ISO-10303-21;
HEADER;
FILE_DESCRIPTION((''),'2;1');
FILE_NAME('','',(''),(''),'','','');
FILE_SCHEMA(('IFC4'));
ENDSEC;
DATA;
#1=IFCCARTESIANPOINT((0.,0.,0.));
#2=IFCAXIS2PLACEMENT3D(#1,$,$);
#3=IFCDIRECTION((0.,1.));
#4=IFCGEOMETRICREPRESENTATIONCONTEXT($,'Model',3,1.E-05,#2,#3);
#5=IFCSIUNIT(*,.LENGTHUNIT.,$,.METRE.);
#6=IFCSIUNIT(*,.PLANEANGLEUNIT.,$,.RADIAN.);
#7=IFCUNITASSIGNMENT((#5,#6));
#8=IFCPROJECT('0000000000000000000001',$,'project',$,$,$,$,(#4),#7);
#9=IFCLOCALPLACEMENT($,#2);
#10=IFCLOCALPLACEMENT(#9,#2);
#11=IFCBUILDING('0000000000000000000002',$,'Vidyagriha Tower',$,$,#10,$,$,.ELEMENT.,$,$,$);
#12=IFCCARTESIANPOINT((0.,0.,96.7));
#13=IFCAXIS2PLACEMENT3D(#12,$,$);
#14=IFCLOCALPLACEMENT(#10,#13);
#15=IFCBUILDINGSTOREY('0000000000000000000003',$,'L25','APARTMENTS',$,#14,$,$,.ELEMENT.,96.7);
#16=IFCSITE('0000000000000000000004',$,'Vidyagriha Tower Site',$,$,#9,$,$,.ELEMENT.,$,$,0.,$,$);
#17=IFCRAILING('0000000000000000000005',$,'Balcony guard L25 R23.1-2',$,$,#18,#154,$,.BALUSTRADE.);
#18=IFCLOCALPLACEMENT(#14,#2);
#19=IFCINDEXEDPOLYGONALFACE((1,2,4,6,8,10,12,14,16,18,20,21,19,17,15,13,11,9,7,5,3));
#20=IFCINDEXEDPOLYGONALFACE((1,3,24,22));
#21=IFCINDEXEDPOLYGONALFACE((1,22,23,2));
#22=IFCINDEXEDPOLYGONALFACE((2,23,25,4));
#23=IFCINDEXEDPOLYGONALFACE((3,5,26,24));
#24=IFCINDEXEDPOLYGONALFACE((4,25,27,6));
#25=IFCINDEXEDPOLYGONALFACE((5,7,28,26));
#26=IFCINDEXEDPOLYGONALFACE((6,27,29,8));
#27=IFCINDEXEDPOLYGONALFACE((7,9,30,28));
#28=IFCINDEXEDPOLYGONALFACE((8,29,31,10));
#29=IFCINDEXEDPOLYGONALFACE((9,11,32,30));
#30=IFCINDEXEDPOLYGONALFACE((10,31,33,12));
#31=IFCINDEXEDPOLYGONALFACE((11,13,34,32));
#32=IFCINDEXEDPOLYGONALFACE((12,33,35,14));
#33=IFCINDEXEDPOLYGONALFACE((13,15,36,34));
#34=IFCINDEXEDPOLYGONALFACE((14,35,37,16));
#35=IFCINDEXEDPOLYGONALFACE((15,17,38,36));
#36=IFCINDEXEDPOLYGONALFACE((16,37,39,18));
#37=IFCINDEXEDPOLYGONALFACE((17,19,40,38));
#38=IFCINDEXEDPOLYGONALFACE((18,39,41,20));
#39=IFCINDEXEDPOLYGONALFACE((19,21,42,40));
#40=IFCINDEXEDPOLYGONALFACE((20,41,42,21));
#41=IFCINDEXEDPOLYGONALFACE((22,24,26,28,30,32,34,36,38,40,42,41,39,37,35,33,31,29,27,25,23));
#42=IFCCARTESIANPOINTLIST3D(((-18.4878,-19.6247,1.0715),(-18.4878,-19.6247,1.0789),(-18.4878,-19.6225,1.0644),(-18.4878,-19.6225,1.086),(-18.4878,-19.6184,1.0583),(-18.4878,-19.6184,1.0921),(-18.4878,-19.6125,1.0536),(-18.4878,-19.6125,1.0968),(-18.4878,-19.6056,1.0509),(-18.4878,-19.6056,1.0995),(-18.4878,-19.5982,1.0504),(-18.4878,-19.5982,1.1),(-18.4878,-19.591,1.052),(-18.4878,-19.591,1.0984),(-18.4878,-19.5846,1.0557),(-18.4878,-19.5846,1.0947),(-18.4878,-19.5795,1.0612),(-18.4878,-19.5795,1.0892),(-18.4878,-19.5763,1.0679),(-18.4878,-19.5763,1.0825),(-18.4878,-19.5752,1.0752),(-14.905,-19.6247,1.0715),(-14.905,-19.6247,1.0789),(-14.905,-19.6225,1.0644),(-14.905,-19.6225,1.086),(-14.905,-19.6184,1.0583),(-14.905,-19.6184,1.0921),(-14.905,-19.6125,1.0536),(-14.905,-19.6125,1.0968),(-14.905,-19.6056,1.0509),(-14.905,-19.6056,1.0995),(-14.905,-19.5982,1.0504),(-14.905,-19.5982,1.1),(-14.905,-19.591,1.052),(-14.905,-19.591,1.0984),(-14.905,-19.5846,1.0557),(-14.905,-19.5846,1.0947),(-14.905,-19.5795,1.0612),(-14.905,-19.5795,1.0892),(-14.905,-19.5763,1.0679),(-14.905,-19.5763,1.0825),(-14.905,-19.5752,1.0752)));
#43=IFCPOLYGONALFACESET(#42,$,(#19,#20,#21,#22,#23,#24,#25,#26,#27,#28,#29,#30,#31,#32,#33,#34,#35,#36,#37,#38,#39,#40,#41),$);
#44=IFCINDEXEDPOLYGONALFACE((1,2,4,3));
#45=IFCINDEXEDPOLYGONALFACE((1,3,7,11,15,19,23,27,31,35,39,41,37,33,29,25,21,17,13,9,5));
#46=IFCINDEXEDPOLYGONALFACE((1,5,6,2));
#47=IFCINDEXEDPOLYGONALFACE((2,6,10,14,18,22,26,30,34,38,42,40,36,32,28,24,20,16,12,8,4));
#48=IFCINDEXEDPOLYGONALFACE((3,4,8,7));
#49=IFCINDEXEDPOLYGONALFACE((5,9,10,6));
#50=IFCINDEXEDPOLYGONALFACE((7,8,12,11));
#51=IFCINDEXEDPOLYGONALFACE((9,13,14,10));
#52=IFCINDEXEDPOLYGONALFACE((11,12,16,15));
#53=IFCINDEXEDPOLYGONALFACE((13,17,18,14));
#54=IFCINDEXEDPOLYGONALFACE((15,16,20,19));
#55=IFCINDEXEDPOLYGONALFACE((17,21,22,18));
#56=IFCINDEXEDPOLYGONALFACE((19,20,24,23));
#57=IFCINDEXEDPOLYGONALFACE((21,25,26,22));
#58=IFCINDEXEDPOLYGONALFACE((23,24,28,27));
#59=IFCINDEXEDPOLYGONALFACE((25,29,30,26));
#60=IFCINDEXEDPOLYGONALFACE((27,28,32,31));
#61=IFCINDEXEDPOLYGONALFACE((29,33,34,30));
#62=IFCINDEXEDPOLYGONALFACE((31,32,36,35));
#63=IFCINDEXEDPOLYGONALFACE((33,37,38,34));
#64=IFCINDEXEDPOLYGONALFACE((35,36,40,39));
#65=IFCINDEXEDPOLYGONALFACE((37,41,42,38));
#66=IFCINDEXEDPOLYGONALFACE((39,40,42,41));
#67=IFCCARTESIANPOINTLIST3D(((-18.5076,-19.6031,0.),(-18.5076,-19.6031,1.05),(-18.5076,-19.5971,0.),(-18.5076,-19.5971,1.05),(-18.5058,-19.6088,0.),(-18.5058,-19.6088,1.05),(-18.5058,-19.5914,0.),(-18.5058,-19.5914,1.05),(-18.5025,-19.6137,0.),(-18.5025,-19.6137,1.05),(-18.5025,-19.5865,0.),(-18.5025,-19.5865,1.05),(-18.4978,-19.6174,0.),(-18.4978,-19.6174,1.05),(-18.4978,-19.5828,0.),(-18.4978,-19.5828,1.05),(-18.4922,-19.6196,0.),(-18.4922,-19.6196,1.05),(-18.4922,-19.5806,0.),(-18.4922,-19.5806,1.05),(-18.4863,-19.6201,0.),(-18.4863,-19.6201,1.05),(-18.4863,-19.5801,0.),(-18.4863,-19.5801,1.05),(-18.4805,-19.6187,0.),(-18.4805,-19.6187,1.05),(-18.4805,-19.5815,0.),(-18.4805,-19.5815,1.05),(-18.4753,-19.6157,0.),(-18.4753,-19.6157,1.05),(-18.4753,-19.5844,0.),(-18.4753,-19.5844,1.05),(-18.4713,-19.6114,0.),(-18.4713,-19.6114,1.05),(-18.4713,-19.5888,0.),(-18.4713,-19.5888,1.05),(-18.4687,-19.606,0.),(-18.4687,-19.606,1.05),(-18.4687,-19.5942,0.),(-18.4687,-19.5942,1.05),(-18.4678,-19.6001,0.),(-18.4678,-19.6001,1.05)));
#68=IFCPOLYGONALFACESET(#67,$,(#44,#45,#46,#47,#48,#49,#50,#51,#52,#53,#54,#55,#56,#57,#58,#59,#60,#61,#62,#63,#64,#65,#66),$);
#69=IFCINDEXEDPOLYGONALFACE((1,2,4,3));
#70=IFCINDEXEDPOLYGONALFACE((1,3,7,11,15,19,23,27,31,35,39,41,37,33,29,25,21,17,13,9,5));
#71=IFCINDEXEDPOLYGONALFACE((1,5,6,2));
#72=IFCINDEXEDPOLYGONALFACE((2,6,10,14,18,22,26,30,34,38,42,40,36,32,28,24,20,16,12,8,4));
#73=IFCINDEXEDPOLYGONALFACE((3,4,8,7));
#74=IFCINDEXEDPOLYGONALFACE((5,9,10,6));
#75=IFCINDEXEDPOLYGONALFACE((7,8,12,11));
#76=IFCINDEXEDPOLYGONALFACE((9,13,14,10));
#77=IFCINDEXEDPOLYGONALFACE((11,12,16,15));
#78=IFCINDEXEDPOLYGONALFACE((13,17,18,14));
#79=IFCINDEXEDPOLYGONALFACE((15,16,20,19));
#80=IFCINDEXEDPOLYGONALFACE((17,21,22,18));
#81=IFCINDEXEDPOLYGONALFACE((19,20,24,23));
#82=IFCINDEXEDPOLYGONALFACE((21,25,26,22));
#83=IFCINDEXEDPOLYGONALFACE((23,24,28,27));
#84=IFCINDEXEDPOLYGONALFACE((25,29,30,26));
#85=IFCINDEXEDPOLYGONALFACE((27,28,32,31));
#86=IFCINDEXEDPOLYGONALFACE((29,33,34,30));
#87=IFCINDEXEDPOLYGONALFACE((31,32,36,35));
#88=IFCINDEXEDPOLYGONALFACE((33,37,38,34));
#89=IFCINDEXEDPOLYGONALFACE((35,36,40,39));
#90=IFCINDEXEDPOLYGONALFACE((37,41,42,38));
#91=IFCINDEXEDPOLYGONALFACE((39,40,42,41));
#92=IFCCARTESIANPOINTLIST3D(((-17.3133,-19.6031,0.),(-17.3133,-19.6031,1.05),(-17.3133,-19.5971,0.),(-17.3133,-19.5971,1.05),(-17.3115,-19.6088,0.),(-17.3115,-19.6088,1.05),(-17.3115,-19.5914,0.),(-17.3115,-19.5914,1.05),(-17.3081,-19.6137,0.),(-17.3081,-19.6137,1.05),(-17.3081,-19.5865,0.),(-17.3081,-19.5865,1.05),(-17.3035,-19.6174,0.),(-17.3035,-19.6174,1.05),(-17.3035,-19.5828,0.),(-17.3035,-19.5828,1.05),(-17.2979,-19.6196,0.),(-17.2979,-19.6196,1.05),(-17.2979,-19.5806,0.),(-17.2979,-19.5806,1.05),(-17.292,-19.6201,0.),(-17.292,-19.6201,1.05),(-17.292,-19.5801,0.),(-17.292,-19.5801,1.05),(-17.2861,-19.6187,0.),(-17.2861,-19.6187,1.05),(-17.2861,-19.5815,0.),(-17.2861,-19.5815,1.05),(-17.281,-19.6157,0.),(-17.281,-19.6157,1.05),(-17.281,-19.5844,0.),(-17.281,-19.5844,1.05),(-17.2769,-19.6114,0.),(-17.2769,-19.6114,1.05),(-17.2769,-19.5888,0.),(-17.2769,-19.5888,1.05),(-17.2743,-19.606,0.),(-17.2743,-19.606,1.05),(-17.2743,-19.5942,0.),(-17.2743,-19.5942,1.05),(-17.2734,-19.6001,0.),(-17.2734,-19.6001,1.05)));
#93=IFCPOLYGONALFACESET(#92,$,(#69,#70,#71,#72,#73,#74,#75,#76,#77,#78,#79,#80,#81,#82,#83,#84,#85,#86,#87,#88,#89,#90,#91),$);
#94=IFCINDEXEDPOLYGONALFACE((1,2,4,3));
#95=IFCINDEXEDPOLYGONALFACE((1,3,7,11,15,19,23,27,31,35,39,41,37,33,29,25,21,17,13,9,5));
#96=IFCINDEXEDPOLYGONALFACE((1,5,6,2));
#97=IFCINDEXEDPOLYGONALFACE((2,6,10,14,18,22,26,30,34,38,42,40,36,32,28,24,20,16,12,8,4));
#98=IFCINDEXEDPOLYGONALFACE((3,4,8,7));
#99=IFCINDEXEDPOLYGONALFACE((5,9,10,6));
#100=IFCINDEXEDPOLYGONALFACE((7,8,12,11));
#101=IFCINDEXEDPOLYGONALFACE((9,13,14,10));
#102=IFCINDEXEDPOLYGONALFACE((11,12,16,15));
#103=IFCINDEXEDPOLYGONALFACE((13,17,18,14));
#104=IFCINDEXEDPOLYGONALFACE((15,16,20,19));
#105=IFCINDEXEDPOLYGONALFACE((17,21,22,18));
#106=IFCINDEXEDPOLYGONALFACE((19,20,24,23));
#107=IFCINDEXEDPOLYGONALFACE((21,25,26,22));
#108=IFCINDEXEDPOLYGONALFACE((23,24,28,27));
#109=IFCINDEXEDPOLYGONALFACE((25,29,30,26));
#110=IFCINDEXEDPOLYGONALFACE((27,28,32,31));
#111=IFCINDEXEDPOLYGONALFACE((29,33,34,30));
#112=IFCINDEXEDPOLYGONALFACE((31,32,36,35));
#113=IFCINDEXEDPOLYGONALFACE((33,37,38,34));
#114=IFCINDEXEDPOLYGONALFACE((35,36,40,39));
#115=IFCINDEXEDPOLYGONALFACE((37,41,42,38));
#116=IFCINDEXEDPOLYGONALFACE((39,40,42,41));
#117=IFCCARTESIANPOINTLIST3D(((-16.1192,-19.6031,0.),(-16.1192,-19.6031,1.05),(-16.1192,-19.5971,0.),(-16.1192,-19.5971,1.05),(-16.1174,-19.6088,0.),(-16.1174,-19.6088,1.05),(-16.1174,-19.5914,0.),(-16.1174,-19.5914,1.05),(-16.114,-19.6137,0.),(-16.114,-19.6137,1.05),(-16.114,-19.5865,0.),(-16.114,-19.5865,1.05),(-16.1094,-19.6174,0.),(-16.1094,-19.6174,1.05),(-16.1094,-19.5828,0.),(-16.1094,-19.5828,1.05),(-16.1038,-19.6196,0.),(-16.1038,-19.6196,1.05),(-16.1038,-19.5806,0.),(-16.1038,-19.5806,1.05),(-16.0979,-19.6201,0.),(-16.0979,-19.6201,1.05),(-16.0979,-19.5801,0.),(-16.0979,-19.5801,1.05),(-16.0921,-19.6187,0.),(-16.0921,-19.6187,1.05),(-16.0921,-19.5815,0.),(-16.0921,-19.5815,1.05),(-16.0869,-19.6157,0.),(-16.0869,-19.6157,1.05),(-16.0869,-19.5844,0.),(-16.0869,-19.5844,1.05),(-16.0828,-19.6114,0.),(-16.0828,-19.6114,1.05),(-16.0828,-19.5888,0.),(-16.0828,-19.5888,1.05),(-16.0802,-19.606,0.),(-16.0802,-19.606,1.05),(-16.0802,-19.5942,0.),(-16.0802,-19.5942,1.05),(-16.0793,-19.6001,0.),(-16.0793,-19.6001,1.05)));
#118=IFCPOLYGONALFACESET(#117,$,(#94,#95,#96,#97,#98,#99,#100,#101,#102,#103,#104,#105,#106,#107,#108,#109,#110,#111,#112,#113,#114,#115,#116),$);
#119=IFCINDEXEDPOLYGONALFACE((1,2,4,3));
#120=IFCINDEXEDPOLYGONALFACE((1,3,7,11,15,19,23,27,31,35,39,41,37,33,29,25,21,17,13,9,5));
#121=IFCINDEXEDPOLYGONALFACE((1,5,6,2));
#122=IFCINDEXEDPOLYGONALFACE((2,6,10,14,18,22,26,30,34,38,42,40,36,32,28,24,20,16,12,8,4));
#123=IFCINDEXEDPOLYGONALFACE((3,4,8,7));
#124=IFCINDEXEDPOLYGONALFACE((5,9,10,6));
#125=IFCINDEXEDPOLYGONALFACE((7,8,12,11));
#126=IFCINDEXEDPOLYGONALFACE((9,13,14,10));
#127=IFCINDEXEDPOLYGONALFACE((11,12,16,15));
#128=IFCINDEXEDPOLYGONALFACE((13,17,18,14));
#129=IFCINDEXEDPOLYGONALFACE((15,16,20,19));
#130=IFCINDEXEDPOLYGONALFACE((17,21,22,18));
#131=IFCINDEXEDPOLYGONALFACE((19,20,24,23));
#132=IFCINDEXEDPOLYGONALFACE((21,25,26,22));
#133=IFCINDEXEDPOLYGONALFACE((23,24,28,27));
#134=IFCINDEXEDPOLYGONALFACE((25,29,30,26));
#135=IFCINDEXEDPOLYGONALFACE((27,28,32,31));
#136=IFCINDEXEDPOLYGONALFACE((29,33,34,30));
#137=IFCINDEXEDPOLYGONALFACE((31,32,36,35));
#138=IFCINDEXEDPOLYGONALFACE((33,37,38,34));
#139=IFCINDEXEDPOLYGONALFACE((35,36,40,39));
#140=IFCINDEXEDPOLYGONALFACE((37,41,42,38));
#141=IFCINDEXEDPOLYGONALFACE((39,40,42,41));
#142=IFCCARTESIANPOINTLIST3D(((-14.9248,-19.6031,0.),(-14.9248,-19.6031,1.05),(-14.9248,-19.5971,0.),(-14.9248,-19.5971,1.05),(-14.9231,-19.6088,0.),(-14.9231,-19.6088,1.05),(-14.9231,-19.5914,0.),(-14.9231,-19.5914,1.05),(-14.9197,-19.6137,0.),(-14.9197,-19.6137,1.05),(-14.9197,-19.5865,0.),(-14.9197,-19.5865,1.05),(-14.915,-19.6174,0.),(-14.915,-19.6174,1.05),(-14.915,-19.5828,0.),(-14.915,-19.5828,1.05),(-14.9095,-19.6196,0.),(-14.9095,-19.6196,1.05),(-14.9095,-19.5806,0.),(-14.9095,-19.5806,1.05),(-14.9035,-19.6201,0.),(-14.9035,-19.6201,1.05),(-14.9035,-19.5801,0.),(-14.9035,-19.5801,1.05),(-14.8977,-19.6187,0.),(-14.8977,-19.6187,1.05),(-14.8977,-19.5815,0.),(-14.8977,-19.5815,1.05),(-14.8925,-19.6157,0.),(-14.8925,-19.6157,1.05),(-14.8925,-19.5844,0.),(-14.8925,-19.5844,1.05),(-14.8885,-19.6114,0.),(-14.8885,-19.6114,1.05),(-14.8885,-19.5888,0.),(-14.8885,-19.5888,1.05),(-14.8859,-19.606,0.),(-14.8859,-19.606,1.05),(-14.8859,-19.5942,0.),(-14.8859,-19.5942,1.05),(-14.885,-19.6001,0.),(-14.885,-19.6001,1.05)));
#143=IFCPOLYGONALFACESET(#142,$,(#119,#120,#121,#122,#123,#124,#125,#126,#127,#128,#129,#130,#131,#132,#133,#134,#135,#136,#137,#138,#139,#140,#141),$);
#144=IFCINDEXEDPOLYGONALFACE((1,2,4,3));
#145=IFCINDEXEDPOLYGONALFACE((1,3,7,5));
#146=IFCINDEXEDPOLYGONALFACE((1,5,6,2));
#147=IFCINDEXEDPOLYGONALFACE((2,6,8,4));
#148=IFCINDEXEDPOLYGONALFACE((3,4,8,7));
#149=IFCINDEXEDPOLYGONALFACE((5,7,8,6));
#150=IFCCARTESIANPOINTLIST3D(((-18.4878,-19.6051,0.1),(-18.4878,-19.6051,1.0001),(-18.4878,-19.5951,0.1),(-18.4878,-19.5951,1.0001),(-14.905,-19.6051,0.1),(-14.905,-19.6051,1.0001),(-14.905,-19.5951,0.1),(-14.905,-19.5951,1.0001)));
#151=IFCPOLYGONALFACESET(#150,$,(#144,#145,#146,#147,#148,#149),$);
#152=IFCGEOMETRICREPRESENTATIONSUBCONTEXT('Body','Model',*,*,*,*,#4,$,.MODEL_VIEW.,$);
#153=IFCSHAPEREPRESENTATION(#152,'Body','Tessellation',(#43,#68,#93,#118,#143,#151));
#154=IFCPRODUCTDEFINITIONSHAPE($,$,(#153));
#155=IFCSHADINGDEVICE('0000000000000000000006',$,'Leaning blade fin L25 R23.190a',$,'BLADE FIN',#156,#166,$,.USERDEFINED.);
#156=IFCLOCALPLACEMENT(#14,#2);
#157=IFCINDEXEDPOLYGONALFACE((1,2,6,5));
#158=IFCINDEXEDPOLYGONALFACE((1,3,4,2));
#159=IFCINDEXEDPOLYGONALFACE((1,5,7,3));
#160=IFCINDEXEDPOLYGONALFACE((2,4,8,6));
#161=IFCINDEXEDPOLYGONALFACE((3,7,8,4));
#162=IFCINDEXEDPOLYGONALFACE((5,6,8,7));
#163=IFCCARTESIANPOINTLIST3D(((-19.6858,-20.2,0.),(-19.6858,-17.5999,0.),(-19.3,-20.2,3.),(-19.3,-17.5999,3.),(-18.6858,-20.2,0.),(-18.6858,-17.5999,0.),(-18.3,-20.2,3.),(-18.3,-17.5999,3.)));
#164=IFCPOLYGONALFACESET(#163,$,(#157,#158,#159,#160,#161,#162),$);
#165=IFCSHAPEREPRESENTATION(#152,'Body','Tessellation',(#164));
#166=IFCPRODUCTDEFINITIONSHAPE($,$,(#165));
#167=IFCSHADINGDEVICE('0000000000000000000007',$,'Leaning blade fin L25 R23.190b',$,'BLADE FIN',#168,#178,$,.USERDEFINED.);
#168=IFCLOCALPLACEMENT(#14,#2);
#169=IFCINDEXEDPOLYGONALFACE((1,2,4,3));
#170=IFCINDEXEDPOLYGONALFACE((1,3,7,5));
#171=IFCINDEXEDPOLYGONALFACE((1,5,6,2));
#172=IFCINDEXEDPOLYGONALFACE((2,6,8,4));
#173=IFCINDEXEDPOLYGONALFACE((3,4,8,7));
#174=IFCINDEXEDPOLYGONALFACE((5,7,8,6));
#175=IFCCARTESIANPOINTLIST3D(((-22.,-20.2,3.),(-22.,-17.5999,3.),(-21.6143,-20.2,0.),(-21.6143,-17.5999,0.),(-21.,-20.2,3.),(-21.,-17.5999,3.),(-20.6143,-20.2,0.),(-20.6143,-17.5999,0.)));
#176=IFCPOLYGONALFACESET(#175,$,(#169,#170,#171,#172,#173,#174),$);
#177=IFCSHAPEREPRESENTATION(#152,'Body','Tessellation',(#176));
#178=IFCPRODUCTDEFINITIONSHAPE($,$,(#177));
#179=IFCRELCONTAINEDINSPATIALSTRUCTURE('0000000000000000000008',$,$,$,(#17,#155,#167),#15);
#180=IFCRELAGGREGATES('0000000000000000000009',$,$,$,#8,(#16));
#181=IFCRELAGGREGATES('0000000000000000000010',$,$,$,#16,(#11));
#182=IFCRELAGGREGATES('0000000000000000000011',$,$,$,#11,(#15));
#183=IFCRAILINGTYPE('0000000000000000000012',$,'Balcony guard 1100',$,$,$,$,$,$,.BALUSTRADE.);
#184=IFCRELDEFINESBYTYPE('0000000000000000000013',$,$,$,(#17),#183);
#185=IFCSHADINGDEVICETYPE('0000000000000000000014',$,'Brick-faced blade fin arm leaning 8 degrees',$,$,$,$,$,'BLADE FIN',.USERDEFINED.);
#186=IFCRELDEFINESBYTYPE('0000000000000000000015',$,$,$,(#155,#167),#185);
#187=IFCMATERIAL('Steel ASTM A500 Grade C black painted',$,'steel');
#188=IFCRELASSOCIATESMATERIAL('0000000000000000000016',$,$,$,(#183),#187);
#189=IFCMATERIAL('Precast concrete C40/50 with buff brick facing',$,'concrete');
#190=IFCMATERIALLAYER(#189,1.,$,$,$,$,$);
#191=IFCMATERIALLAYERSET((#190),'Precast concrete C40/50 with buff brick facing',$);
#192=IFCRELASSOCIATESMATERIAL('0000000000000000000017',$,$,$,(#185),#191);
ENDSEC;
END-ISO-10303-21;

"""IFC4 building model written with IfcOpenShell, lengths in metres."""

from ifc_helpers import new_model, si_unit, direction, frame, origin, origin_2d, place, context, subcontext, project, spatial, polyline, rectangle, circle, outline, extrude, material, layer, layer_set, type_object, element, save


model = new_model("IFC4")

# Units and contexts
model_context = context("Model", 3, precision=1e-05, world=origin(), true_north=direction((0.0, 1.0)))
body_context = subcontext(model_context, "Body", "Model", "MODEL_VIEW")
ifc_project = project(units=[si_unit("LENGTHUNIT", "METRE"), si_unit("PLANEANGLEUNIT", "RADIAN")], contexts=[model_context])

# Site, building, storey
site_placement = place(None, origin())
site = spatial("IfcSite", under=ifc_project, at=site_placement, Name="Vidyagriha Tower Site", CompositionType="ELEMENT", RefElevation=0.0)
building_placement = place(site_placement, origin())
building = spatial("IfcBuilding", under=site, at=building_placement, Name="Vidyagriha Tower", CompositionType="ELEMENT")
storey_placement = place(building_placement, frame((0.0, 0.0, 96.7)))
storey = spatial("IfcBuildingStorey", under=building, at=storey_placement, Name="L25", Description="APARTMENTS", CompositionType="ELEMENT", Elevation=96.7)

# Railing
ifc_material_1 = material(Name="Steel ASTM A500 Grade C black painted", Category="steel")
railing_type_1 = type_object("IfcRailingType", Name="Balcony guard 1100", PredefinedType="BALUSTRADE", material=ifc_material_1)
railing_1_placement = place(storey_placement, frame((-18.4878, -19.6001, 0.0)))
element("IfcRailing", 1, at=railing_1_placement, inside=storey, type_object=railing_type_1, Name="Balcony guard L25 R23.1-2", PredefinedType="BALUSTRADE", context=body_context, shape_type="SweptSolid", body=[
    extrude(circle(Radius=0.0249, at=origin_2d()), frame((0.0, 0.0, 1.0752), z_axis=(1.0, 0.0, 0.0), x_axis=(0.0, 1.0, 0.0)), (0.0, 0.0, 1.0), 3.5828),
    extrude(circle(Radius=0.02, at=origin_2d()), origin(), (0.0, 0.0, 1.0), 1.05),
    extrude(circle(Radius=0.02, at=origin_2d()), frame((1.1943, 0.0, 0.0)), (0.0, 0.0, 1.0), 1.05),
    extrude(circle(Radius=0.02, at=origin_2d()), frame((2.3884, 0.0, 0.0)), (0.0, 0.0, 1.0), 1.05),
    extrude(circle(Radius=0.02, at=origin_2d()), frame((3.5828, 0.0, 0.0)), (0.0, 0.0, 1.0), 1.05),
    extrude(rectangle(XDim=0.01, YDim=0.9001, at=origin_2d()), frame((0.0, 0.0, 0.55), z_axis=(1.0, 0.0, 0.0), x_axis=(0.0, 1.0, 0.0)), (0.0, 0.0, 1.0), 3.5828),
])

# Shading devices
ifc_material_2 = material(Name="Precast concrete C40/50 with buff brick facing", Category="concrete")
ifc_layer_1 = layer(ifc_material_2, 1.0)
ifc_layer_set_1 = layer_set([ifc_layer_1], Name="Precast concrete C40/50 with buff brick facing")
shading_device_type = type_object("IfcShadingDeviceType", Name="Brick-faced blade fin arm leaning 8 degrees", ElementType="BLADE FIN", PredefinedType="USERDEFINED", material=ifc_layer_set_1)
shading_device_1_placement = place(storey_placement, frame((-19.6858, -18.8999, 0.0)))
element("IfcShadingDevice", 2, at=shading_device_1_placement, inside=storey, type_object=shading_device_type, Name="Leaning blade fin L25 R23.190a", ObjectType="BLADE FIN", PredefinedType="USERDEFINED", context=body_context, shape_type="SweptSolid", body=[
    extrude(outline(polyline([(0.0, 0.0), (1.0, 0.0), (1.3857, 3.0), (0.3857, 3.0), (0.0, 0.0)])), frame((0.0, 1.3, 0.0), z_axis=(0.0, -1.0, 0.0), x_axis=(1.0, 0.0, 0.0)), (0.0, 0.0, 1.0), 2.6001),
])
shading_device_2_placement = place(storey_placement, frame((-22.0, -18.8999, 0.0)))
element("IfcShadingDevice", 3, at=shading_device_2_placement, inside=storey, type_object=shading_device_type, Name="Leaning blade fin L25 R23.190b", ObjectType="BLADE FIN", PredefinedType="USERDEFINED", context=body_context, shape_type="SweptSolid", body=[
    extrude(outline(polyline([(0.3857, 0.0), (1.3857, 0.0), (1.0, 3.0), (0.0, 3.0), (0.3857, 0.0)])), frame((0.0, 1.3, 0.0), z_axis=(0.0, -1.0, 0.0), x_axis=(1.0, 0.0, 0.0)), (0.0, 0.0, 1.0), 2.6001),
])

save(model, "model.ifc")
